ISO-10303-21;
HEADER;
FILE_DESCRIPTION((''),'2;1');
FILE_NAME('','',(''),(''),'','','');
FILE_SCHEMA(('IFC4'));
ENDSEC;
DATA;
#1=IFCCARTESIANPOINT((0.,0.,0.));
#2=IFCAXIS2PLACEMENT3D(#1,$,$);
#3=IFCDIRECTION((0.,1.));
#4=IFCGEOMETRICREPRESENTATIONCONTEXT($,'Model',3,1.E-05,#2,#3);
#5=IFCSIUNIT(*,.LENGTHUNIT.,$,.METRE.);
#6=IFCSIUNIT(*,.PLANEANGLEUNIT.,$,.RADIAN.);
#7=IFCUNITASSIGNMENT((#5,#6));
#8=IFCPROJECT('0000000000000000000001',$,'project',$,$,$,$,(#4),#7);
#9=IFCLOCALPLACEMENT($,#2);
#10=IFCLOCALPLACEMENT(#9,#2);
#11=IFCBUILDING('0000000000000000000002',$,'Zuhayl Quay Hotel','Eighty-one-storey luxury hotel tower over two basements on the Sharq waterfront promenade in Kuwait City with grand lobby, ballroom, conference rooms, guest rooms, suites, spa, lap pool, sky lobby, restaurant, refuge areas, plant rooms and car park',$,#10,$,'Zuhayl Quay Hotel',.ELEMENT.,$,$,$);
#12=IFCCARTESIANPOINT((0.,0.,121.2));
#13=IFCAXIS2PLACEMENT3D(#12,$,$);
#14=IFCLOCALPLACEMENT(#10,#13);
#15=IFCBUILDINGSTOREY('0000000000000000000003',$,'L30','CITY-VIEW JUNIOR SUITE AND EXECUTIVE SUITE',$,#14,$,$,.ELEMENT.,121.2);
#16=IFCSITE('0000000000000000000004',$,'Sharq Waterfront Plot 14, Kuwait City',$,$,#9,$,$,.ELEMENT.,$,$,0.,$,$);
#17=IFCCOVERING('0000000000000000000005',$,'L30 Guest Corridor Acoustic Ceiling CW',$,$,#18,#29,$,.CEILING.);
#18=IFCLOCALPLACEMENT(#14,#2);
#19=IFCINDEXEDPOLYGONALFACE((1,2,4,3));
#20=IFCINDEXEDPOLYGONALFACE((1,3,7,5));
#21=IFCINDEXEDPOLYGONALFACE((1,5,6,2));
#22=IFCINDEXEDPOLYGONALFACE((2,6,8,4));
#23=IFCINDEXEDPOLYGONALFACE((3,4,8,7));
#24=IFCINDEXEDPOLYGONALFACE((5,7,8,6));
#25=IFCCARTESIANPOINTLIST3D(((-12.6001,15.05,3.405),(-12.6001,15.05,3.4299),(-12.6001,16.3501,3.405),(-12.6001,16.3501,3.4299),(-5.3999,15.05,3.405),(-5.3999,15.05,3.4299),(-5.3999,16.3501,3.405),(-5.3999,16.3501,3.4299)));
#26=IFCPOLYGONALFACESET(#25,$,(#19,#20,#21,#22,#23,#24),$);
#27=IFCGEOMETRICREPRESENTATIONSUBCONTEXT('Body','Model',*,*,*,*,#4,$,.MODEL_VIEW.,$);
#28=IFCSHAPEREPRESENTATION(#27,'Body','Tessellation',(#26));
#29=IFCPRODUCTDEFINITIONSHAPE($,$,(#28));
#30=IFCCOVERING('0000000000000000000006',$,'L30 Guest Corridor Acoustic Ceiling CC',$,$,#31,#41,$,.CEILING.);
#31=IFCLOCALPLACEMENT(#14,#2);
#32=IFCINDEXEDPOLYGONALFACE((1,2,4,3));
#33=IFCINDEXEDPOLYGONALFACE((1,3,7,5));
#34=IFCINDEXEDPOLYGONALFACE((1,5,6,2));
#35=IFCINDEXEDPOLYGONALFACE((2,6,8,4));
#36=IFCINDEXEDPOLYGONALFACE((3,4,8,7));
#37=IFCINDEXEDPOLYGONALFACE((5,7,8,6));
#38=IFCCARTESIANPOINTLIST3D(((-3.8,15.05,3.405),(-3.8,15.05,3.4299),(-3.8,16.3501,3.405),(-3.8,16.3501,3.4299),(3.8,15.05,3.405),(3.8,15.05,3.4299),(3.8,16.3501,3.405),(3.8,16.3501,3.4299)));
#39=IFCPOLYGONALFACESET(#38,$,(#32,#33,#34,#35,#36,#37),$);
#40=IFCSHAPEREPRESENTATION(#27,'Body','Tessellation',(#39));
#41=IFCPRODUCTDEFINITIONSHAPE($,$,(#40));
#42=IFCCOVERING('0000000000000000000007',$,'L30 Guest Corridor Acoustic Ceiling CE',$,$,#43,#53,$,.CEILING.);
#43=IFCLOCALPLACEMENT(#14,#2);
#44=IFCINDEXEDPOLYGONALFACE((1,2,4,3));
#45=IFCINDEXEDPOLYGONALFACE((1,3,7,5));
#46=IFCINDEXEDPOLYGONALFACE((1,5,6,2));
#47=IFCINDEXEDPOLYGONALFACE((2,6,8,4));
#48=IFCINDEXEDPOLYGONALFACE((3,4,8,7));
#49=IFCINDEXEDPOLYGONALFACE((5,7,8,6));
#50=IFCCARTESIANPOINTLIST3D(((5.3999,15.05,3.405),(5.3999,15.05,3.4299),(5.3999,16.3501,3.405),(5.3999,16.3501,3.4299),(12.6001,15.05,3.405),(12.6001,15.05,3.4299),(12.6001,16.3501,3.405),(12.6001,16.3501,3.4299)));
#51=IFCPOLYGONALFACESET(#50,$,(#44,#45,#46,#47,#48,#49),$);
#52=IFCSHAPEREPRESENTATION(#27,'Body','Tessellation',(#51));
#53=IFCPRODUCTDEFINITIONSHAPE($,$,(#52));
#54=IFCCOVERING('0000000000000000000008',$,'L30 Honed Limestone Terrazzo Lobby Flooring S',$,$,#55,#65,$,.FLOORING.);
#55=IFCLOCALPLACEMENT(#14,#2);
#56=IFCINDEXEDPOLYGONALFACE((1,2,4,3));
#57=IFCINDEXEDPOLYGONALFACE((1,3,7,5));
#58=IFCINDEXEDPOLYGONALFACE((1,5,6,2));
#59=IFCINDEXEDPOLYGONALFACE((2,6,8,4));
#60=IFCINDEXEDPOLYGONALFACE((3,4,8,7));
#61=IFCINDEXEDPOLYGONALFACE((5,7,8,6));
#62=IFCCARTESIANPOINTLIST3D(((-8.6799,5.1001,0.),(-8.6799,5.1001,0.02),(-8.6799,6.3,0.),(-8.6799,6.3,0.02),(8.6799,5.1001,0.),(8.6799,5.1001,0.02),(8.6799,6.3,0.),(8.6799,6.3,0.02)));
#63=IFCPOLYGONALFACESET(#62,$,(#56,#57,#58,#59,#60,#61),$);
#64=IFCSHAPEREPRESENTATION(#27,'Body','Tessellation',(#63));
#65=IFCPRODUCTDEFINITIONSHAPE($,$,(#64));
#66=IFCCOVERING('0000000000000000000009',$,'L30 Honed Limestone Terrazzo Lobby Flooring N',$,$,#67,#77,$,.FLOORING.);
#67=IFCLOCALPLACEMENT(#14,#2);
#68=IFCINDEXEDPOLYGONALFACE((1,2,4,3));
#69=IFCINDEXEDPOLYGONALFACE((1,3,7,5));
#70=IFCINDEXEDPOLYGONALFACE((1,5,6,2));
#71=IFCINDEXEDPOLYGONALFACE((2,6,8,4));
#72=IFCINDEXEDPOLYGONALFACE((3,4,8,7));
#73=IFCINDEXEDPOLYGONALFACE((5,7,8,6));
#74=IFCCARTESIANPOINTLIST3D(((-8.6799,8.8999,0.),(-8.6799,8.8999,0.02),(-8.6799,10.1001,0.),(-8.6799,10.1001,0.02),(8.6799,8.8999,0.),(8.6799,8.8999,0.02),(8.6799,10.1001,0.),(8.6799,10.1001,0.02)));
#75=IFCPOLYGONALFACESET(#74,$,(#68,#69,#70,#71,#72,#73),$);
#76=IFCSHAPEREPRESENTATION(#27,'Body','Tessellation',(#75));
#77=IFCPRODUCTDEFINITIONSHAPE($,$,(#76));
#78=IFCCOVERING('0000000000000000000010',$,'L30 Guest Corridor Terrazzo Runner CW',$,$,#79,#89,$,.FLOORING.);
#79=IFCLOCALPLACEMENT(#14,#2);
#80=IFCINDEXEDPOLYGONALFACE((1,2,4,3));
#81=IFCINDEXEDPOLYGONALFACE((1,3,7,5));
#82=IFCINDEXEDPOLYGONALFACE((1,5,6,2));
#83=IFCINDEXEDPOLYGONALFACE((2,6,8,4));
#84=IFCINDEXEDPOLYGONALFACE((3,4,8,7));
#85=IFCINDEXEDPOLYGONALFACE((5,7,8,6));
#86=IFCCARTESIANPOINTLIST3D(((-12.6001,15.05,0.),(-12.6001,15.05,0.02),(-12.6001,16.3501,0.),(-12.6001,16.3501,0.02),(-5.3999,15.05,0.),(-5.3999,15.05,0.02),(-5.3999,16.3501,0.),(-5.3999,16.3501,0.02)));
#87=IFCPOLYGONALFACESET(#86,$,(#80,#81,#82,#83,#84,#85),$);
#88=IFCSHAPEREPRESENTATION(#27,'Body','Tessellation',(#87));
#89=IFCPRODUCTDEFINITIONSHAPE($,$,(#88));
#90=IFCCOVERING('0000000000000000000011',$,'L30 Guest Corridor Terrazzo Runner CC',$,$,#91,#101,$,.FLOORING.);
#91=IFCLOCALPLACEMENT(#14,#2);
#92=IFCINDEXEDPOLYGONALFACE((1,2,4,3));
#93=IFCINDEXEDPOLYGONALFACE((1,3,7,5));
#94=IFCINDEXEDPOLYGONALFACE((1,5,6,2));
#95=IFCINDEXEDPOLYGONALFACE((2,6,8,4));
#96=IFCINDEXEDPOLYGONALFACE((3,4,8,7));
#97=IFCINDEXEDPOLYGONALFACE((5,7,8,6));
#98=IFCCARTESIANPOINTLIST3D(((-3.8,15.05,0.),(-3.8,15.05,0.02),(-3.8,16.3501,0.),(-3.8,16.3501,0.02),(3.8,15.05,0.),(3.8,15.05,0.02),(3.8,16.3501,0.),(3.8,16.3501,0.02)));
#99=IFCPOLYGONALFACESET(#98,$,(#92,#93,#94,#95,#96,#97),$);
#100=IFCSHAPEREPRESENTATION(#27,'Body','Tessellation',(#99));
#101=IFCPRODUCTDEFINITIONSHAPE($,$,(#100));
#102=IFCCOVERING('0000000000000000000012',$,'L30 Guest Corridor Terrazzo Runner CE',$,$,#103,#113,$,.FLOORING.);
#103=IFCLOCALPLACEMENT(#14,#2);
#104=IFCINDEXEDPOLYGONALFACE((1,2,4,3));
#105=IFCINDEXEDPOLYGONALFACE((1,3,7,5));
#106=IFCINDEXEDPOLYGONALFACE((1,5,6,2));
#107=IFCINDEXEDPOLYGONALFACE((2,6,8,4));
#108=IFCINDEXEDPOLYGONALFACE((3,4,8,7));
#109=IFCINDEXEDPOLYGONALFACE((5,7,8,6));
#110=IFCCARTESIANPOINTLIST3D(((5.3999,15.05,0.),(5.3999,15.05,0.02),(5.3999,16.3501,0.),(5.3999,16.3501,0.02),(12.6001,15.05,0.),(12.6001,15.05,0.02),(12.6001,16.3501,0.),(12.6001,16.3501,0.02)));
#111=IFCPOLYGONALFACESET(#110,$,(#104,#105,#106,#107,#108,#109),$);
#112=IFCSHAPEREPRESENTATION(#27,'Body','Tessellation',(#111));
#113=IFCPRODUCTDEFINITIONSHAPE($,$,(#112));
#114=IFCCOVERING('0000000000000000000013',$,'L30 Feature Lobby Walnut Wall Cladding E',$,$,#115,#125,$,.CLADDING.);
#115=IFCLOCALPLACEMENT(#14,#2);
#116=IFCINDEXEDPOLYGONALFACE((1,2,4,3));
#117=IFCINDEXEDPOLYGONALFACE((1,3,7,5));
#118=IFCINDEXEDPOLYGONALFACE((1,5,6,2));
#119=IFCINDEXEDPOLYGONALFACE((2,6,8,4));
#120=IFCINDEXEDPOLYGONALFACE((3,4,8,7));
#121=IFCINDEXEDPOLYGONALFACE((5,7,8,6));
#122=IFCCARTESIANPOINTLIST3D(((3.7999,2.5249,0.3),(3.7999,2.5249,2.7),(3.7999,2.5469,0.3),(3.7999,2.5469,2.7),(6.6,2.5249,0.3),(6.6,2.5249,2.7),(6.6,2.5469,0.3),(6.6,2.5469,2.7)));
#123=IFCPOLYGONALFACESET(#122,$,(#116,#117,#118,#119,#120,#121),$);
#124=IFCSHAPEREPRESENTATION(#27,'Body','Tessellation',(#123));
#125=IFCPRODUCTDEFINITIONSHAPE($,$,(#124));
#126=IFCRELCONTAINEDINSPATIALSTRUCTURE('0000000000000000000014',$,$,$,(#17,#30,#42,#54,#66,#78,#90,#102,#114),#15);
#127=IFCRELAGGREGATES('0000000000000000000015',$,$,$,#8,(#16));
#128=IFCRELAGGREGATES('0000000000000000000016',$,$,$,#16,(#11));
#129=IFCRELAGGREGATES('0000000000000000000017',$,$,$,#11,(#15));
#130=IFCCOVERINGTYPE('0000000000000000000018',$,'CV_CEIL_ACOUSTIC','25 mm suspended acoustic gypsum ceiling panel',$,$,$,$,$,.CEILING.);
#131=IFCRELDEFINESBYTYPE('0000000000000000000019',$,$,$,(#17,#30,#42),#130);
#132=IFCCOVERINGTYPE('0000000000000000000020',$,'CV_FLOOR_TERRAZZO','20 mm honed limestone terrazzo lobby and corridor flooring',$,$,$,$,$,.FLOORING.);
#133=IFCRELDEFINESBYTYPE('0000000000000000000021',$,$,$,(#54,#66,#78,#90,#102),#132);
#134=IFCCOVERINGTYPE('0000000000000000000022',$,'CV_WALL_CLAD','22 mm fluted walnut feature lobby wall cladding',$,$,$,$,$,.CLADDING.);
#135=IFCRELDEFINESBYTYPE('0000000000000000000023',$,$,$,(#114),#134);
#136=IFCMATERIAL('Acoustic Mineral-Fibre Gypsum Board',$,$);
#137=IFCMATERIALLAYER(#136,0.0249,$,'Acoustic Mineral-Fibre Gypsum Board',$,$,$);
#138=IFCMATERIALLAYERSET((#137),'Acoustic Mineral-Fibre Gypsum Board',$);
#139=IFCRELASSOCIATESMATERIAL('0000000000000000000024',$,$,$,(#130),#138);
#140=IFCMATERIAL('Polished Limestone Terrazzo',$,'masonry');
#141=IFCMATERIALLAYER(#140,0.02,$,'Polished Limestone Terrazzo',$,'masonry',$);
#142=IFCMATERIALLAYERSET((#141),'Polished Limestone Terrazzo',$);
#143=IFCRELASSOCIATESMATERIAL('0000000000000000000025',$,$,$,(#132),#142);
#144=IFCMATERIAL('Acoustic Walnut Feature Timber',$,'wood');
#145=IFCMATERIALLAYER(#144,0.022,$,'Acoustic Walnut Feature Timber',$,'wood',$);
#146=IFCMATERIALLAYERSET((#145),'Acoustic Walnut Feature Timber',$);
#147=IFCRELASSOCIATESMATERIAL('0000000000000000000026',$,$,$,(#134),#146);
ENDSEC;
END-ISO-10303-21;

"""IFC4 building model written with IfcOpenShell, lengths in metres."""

from ifc_helpers import new_model, si_unit, direction, frame, origin, origin_2d, place, context, subcontext, project, spatial, polyline, rectangle, outline, extrude, material, layer, layer_set, type_object, element, save


model = new_model("IFC4")

# Units and contexts
model_context = context("Model", 3, precision=1e-05, world=origin(), true_north=direction((0.0, 1.0)))
body_context = subcontext(model_context, "Body", "Model", "MODEL_VIEW")
ifc_project = project(units=[si_unit("LENGTHUNIT", "METRE"), si_unit("PLANEANGLEUNIT", "RADIAN")], contexts=[model_context])

# Site, building, storey
site_placement = place(None, origin())
site = spatial("IfcSite", under=ifc_project, at=site_placement, Name="Sharq Waterfront Plot 14, Kuwait City", CompositionType="ELEMENT", RefElevation=0.0)
building_placement = place(site_placement, origin())
building = spatial("IfcBuilding", under=site, at=building_placement, Name="Zuhayl Quay Hotel", Description="Eighty-one-storey luxury hotel tower over two basements on the Sharq waterfront promenade in Kuwait City with grand lobby, ballroom, conference rooms, guest rooms, suites, spa, lap pool, sky lobby, restaurant, refuge areas, plant rooms and car park", LongName="Zuhayl Quay Hotel", CompositionType="ELEMENT")
storey_placement = place(building_placement, frame((0.0, 0.0, 121.2)))
storey = spatial("IfcBuildingStorey", under=building, at=storey_placement, Name="L30", Description="CITY-VIEW JUNIOR SUITE AND EXECUTIVE SUITE", CompositionType="ELEMENT", Elevation=121.2)

# Coverings
ifc_material_1 = material(Name="Acoustic Mineral-Fibre Gypsum Board")
ifc_layer_1 = layer(ifc_material_1, 0.0249, Name="Acoustic Mineral-Fibre Gypsum Board")
ifc_layer_set_1 = layer_set([ifc_layer_1], Name="Acoustic Mineral-Fibre Gypsum Board")
covering_type_1 = type_object("IfcCoveringType", Name="CV_CEIL_ACOUSTIC", Description="25 mm suspended acoustic gypsum ceiling panel", PredefinedType="CEILING", material=ifc_layer_set_1)
covering_1_placement = place(storey_placement, frame((0.0, 0.0, 3.405)))
element("IfcCovering", 1, at=covering_1_placement, inside=storey, type_object=covering_type_1, Name="L30 Guest Corridor Acoustic Ceiling CW", PredefinedType="CEILING", context=body_context, shape_type="SweptSolid", body=[
    extrude(outline(polyline([(-12.6001, 15.05), (-5.3999, 15.05), (-5.3999, 16.3501), (-12.6001, 16.3501), (-12.6001, 15.05)])), origin(), (0.0, 0.0, 1.0), 0.0249),
])
covering_2_placement = place(storey_placement, frame((0.0, 0.0, 3.405)))
element("IfcCovering", 2, at=covering_2_placement, inside=storey, type_object=covering_type_1, Name="L30 Guest Corridor Acoustic Ceiling CC", PredefinedType="CEILING", context=body_context, shape_type="SweptSolid", body=[
    extrude(outline(polyline([(-3.8, 15.05), (3.8, 15.05), (3.8, 16.3501), (-3.8, 16.3501), (-3.8, 15.05)])), origin(), (0.0, 0.0, 1.0), 0.0249),
])
covering_3_placement = place(storey_placement, frame((0.0, 0.0, 3.405)))
element("IfcCovering", 3, at=covering_3_placement, inside=storey, type_object=covering_type_1, Name="L30 Guest Corridor Acoustic Ceiling CE", PredefinedType="CEILING", context=body_context, shape_type="SweptSolid", body=[
    extrude(outline(polyline([(5.3999, 15.05), (12.6001, 15.05), (12.6001, 16.3501), (5.3999, 16.3501), (5.3999, 15.05)])), origin(), (0.0, 0.0, 1.0), 0.0249),
])
ifc_material_2 = material(Name="Polished Limestone Terrazzo", Category="masonry")
ifc_layer_2 = layer(ifc_material_2, 0.02, Name="Polished Limestone Terrazzo", Category="masonry")
ifc_layer_set_2 = layer_set([ifc_layer_2], Name="Polished Limestone Terrazzo")
covering_type_2 = type_object("IfcCoveringType", Name="CV_FLOOR_TERRAZZO", Description="20 mm honed limestone terrazzo lobby and corridor flooring", PredefinedType="FLOORING", material=ifc_layer_set_2)
covering_4_placement = place(storey_placement, origin())
element("IfcCovering", 4, at=covering_4_placement, inside=storey, type_object=covering_type_2, Name="L30 Honed Limestone Terrazzo Lobby Flooring S", PredefinedType="FLOORING", context=body_context, shape_type="SweptSolid", body=[
    extrude(outline(polyline([(-8.6799, 5.1001), (8.6799, 5.1001), (8.6799, 6.3), (-8.6799, 6.3), (-8.6799, 5.1001)])), origin(), (0.0, 0.0, 1.0), 0.02),
])
covering_5_placement = place(storey_placement, origin())
element("IfcCovering", 5, at=covering_5_placement, inside=storey, type_object=covering_type_2, Name="L30 Honed Limestone Terrazzo Lobby Flooring N", PredefinedType="FLOORING", context=body_context, shape_type="SweptSolid", body=[
    extrude(outline(polyline([(-8.6799, 8.8999), (8.6799, 8.8999), (8.6799, 10.1001), (-8.6799, 10.1001), (-8.6799, 8.8999)])), origin(), (0.0, 0.0, 1.0), 0.02),
])
covering_6_placement = place(storey_placement, origin())
element("IfcCovering", 6, at=covering_6_placement, inside=storey, type_object=covering_type_2, Name="L30 Guest Corridor Terrazzo Runner CW", PredefinedType="FLOORING", context=body_context, shape_type="SweptSolid", body=[
    extrude(outline(polyline([(-12.6001, 15.05), (-5.3999, 15.05), (-5.3999, 16.3501), (-12.6001, 16.3501), (-12.6001, 15.05)])), origin(), (0.0, 0.0, 1.0), 0.02),
])
covering_7_placement = place(storey_placement, origin())
element("IfcCovering", 7, at=covering_7_placement, inside=storey, type_object=covering_type_2, Name="L30 Guest Corridor Terrazzo Runner CC", PredefinedType="FLOORING", context=body_context, shape_type="SweptSolid", body=[
    extrude(outline(polyline([(-3.8, 15.05), (3.8, 15.05), (3.8, 16.3501), (-3.8, 16.3501), (-3.8, 15.05)])), origin(), (0.0, 0.0, 1.0), 0.02),
])
covering_8_placement = place(storey_placement, origin())
element("IfcCovering", 8, at=covering_8_placement, inside=storey, type_object=covering_type_2, Name="L30 Guest Corridor Terrazzo Runner CE", PredefinedType="FLOORING", context=body_context, shape_type="SweptSolid", body=[
    extrude(outline(polyline([(5.3999, 15.05), (12.6001, 15.05), (12.6001, 16.3501), (5.3999, 16.3501), (5.3999, 15.05)])), origin(), (0.0, 0.0, 1.0), 0.02),
])
ifc_material_3 = material(Name="Acoustic Walnut Feature Timber", Category="wood")
ifc_layer_3 = layer(ifc_material_3, 0.022, Name="Acoustic Walnut Feature Timber", Category="wood")
ifc_layer_set_3 = layer_set([ifc_layer_3], Name="Acoustic Walnut Feature Timber")
covering_type_3 = type_object("IfcCoveringType", Name="CV_WALL_CLAD", Description="22 mm fluted walnut feature lobby wall cladding", PredefinedType="CLADDING", material=ifc_layer_set_3)
covering_9_placement = place(storey_placement, frame((5.2, 2.5359, 0.3), z_axis=(0.0, 0.0, 1.0), x_axis=(1.0, 0.0, 0.0)))
element("IfcCovering", 9, at=covering_9_placement, inside=storey, type_object=covering_type_3, Name="L30 Feature Lobby Walnut Wall Cladding E", PredefinedType="CLADDING", context=body_context, shape_type="SweptSolid", body=[
    extrude(rectangle(XDim=2.8, YDim=0.022, at=origin_2d()), origin(), (0.0, 0.0, 1.0), 2.3999),
])

save(model, "model.ifc")
